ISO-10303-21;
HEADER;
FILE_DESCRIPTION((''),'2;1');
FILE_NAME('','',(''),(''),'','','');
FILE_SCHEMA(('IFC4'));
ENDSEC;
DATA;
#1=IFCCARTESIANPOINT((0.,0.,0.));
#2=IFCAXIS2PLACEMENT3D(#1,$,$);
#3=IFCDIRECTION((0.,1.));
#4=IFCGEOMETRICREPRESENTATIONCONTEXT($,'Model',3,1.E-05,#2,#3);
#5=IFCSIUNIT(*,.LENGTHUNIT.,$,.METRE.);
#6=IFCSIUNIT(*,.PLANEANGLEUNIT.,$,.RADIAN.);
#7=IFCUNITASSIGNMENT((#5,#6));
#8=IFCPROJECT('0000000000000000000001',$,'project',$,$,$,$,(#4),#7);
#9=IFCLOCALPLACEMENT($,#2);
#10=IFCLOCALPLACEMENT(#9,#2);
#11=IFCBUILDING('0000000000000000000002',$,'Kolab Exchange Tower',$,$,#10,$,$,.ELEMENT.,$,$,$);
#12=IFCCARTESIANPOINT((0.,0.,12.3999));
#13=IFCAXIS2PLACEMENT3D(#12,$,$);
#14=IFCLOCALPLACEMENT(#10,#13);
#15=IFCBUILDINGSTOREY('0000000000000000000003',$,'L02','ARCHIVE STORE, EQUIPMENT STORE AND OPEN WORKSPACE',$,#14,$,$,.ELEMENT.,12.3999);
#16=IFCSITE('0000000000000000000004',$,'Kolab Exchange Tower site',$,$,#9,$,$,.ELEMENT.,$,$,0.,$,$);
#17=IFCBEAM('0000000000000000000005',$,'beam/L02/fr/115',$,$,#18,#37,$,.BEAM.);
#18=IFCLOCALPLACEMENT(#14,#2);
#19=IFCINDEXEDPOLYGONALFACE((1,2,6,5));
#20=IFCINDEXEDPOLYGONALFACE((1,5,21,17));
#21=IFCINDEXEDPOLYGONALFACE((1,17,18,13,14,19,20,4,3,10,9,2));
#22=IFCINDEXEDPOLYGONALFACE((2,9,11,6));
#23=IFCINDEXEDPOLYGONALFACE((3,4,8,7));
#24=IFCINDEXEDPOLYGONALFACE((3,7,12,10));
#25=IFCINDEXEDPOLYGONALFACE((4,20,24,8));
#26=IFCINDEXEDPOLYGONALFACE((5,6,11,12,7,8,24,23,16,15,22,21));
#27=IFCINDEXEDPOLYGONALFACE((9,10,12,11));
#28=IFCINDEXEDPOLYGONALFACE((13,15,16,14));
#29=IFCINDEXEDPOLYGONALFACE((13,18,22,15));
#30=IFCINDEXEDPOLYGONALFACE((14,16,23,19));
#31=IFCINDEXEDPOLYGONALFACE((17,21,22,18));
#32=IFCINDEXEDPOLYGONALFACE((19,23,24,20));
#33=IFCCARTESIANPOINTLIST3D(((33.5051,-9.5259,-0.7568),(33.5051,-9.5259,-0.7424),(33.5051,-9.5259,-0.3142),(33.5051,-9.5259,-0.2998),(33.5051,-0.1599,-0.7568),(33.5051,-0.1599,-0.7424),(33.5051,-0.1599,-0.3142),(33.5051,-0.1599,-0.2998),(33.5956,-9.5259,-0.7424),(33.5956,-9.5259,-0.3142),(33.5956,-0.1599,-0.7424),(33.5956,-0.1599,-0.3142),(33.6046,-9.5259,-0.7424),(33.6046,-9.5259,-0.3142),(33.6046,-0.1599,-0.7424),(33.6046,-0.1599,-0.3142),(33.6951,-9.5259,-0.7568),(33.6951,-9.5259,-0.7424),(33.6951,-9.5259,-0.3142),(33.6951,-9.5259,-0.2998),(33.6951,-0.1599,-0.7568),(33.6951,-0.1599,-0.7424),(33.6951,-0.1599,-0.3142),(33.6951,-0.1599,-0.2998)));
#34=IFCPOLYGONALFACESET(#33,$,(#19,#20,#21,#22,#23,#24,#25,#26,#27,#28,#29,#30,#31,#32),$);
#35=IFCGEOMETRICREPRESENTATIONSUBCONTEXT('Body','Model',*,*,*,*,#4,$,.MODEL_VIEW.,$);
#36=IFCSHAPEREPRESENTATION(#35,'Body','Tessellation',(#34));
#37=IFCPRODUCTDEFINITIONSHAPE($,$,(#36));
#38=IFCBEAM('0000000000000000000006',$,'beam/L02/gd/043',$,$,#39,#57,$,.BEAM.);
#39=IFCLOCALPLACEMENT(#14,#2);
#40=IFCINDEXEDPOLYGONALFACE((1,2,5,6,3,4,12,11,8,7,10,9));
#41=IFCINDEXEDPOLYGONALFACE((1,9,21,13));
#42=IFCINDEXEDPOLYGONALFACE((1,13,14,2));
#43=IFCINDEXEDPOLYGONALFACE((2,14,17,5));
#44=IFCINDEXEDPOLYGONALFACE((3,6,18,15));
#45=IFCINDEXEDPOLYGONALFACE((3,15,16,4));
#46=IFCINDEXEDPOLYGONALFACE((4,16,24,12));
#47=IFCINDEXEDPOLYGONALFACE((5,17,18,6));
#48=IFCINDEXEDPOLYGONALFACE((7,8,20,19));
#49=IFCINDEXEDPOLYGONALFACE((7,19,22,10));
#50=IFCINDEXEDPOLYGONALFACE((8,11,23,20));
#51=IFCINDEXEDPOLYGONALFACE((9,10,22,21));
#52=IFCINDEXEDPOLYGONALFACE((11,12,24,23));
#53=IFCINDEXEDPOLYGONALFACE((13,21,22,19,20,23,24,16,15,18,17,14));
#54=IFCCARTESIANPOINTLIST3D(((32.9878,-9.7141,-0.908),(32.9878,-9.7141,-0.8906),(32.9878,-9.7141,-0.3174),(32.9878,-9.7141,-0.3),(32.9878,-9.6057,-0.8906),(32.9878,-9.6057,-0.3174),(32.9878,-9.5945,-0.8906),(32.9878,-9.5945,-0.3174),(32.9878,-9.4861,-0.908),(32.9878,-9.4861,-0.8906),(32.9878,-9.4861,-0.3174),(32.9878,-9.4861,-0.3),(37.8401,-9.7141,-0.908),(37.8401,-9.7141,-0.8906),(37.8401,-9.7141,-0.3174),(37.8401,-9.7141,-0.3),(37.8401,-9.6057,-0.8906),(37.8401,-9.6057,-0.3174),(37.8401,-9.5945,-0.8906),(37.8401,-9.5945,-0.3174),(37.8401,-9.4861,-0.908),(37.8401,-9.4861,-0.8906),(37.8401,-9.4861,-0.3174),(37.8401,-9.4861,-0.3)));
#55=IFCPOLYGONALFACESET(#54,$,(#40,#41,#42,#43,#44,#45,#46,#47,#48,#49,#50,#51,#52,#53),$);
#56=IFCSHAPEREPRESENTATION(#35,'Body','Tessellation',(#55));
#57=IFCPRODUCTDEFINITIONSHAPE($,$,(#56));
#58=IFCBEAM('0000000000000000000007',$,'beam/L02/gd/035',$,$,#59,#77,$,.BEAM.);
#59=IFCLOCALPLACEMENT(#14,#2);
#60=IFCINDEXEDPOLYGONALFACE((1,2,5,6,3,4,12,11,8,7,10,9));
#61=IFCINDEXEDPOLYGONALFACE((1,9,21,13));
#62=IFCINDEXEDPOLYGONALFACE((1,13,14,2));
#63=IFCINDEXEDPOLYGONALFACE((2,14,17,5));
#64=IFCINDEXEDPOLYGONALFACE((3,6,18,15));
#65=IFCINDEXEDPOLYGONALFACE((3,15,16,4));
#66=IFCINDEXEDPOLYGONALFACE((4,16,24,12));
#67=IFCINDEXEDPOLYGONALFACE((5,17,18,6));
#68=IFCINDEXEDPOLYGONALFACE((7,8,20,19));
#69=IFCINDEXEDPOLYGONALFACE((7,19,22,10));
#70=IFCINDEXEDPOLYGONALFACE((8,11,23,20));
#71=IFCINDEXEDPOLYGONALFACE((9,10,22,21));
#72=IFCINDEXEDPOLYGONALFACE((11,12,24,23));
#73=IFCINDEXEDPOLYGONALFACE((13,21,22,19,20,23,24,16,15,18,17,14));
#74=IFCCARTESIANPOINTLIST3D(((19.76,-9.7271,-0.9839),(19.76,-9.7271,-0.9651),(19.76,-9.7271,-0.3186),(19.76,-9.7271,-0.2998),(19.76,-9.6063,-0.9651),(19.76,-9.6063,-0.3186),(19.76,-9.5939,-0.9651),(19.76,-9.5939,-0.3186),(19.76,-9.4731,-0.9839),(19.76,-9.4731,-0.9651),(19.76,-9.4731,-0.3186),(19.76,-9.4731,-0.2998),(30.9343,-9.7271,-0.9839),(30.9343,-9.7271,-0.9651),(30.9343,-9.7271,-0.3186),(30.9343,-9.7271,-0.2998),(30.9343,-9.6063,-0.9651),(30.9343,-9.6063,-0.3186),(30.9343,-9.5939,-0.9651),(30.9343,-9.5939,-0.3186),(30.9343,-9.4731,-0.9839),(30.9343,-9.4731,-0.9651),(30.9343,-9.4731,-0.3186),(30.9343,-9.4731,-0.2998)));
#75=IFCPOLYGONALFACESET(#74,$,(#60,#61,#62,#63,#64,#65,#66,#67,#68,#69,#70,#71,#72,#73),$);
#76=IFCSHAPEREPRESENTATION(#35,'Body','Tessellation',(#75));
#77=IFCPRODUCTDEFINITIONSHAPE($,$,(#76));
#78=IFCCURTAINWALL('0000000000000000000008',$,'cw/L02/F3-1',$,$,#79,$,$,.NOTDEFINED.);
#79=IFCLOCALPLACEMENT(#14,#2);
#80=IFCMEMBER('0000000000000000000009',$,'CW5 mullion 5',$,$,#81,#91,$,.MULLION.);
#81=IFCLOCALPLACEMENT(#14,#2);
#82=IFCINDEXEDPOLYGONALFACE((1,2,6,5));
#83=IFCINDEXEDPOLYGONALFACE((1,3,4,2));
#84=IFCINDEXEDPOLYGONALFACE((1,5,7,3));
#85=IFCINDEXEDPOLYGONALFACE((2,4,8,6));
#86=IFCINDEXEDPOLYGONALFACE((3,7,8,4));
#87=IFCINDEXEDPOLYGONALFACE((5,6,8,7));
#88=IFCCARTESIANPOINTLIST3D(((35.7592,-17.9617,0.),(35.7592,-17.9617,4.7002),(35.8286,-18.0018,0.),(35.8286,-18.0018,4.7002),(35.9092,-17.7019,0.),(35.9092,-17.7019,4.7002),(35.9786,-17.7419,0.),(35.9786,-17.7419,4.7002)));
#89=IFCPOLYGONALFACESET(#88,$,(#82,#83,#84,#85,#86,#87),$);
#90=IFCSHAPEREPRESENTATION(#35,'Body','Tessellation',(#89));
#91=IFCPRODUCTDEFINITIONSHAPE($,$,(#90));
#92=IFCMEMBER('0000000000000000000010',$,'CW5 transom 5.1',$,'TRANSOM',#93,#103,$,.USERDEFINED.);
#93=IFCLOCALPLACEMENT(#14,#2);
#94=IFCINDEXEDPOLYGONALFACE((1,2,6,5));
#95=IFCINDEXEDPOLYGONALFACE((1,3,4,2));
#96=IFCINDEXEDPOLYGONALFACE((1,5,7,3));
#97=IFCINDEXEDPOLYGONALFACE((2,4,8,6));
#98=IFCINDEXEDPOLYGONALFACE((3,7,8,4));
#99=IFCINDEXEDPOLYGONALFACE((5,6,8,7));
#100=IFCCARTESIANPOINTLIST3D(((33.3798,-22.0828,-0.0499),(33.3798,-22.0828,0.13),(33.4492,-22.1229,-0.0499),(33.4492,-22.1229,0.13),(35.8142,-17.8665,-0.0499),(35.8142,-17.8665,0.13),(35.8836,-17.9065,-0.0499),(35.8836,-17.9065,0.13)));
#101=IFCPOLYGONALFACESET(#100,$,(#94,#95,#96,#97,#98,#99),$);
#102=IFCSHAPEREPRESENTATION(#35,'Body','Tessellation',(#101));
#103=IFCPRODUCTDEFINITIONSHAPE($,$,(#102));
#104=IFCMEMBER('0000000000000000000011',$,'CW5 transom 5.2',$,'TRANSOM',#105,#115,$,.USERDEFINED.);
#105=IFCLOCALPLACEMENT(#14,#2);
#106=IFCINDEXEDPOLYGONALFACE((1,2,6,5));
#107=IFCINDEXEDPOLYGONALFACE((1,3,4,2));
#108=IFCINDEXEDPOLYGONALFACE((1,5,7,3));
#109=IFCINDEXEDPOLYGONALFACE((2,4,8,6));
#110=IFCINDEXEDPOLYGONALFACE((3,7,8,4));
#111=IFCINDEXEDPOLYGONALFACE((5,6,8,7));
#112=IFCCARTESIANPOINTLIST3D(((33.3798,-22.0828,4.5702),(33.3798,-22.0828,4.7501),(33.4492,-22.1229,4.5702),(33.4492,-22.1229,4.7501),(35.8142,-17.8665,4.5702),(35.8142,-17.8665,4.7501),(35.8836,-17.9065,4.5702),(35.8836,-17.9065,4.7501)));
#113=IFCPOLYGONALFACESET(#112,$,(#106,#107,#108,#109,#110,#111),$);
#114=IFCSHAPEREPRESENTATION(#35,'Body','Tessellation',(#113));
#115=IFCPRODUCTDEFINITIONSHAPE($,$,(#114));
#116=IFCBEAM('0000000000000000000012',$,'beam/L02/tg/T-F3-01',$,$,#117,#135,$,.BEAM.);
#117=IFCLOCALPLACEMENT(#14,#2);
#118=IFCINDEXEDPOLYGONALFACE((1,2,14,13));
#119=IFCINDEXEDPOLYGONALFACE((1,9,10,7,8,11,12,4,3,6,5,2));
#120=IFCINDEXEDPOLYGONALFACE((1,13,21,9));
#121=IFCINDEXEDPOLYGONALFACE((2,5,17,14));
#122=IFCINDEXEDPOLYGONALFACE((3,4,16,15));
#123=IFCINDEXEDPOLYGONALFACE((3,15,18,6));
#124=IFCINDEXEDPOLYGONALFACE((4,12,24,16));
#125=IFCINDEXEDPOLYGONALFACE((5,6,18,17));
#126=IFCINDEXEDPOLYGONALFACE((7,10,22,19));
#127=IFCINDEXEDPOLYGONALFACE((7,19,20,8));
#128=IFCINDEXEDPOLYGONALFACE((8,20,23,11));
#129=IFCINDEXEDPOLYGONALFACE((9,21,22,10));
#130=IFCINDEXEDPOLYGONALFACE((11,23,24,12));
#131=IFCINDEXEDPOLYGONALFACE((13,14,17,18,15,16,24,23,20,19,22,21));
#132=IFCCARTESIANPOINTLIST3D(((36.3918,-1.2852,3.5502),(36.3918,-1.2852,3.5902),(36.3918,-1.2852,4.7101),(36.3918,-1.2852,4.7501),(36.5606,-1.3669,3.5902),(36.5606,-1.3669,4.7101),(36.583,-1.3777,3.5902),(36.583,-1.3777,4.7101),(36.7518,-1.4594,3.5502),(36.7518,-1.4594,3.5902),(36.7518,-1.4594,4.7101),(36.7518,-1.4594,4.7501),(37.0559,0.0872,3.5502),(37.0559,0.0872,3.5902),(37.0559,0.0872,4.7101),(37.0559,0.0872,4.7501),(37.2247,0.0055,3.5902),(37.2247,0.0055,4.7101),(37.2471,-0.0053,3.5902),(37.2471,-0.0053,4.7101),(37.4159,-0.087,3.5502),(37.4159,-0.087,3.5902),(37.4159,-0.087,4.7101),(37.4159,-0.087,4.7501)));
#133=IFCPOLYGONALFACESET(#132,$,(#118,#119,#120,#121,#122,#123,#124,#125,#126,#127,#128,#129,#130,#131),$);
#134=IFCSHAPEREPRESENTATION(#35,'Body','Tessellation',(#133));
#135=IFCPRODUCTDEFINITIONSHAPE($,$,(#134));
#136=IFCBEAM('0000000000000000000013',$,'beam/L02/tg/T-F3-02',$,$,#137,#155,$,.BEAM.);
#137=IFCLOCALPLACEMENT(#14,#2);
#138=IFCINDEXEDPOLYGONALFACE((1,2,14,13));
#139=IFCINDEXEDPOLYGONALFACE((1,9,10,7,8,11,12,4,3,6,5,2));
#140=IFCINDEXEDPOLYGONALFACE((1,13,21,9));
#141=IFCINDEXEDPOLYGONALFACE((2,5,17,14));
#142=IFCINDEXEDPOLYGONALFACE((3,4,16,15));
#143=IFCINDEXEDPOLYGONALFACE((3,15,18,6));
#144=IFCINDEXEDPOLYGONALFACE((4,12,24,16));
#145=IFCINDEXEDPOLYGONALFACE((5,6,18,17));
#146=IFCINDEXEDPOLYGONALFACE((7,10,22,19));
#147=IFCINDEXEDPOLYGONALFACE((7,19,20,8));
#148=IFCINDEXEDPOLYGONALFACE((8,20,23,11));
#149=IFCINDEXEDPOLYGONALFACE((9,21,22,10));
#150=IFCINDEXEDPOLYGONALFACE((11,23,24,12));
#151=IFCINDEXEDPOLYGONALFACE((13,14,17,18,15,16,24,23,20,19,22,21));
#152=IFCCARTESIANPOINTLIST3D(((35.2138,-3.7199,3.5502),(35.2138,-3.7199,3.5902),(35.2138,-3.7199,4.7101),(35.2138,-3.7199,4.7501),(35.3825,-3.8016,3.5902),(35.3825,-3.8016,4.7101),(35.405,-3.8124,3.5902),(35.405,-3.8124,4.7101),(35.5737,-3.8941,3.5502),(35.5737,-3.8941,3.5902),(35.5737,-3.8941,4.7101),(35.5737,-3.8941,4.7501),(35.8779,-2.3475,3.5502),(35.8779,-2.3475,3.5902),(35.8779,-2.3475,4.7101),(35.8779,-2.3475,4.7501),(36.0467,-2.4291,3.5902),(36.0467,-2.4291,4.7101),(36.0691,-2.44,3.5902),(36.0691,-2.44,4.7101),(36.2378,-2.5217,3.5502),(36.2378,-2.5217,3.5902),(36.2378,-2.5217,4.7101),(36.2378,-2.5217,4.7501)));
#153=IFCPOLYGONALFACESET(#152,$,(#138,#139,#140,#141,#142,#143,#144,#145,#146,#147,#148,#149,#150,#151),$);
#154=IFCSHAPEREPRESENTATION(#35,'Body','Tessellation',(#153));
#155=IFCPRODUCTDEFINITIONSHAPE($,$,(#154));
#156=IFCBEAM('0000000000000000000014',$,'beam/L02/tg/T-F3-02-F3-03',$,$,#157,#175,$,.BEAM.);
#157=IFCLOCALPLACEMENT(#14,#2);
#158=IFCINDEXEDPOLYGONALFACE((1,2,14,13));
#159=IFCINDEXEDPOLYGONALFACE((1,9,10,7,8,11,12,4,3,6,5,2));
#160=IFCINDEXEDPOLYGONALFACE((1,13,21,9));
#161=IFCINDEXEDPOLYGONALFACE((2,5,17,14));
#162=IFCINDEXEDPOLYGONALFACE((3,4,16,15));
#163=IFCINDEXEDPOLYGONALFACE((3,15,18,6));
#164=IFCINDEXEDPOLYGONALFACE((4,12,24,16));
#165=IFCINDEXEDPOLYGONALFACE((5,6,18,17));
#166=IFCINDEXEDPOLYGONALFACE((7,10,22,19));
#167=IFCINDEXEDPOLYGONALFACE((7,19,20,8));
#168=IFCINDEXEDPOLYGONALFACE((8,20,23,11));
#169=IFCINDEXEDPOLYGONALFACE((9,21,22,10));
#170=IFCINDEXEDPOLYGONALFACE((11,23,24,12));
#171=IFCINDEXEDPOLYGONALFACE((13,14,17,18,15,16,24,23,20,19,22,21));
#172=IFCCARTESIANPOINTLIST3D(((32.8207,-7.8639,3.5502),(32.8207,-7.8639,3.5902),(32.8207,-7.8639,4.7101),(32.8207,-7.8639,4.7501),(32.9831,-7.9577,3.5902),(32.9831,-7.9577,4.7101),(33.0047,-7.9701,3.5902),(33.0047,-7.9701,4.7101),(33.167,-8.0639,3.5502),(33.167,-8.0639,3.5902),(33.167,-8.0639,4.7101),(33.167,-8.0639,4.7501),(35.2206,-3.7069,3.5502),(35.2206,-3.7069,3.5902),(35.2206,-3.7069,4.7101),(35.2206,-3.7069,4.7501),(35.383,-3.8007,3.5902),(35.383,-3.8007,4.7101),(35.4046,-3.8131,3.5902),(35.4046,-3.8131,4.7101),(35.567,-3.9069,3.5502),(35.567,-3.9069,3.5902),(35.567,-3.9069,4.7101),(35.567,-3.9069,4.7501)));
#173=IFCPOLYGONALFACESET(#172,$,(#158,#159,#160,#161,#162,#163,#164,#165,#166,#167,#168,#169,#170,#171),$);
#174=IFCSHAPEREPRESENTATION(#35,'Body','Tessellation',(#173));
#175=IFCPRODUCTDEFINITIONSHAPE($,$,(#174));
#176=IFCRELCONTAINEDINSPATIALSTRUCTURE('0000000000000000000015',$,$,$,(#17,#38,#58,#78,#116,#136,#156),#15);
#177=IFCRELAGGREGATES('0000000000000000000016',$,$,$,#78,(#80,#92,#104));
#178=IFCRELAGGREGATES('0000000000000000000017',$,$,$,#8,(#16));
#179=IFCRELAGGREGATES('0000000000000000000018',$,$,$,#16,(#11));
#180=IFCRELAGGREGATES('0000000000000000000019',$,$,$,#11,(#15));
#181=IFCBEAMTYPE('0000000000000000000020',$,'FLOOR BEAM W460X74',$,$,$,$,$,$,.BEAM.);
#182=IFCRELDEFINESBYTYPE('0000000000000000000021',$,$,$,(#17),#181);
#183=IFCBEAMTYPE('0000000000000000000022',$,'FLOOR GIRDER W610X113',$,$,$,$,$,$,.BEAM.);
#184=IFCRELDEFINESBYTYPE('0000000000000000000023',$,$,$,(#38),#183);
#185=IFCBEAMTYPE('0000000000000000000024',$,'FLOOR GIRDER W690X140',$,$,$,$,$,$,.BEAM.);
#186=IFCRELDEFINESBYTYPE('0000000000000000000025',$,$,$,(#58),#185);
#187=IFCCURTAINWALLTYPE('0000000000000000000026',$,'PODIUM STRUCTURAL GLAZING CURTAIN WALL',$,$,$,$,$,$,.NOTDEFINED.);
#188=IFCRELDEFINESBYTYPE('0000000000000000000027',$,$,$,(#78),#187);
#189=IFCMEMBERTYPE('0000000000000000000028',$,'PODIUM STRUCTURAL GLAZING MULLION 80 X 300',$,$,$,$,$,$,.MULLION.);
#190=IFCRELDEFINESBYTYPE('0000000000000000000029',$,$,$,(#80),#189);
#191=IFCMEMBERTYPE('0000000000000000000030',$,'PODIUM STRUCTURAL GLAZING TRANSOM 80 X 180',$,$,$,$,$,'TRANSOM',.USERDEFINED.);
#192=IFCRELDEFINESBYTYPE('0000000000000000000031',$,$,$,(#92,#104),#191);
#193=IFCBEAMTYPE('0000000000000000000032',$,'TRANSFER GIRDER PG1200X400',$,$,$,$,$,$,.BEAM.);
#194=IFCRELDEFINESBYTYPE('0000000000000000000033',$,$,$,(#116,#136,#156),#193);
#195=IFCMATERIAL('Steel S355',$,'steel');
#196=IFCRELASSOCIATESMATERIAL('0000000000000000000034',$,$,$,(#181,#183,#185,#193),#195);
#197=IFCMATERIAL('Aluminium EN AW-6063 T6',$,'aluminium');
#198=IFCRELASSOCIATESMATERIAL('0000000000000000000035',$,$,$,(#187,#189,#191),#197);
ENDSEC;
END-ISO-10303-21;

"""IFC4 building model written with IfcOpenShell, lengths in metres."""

from ifc_helpers import new_model, si_unit, direction, frame, origin, origin_2d, place, context, subcontext, project, spatial, rectangle, i_section, extrude, material, material_profile, profile_set, type_object, element, aggregate, save


model = new_model("IFC4")

# Units and contexts
model_context = context("Model", 3, precision=1e-05, world=origin(), true_north=direction((0.0, 1.0)))
body_context = subcontext(model_context, "Body", "Model", "MODEL_VIEW")
ifc_project = project(units=[si_unit("LENGTHUNIT", "METRE"), si_unit("PLANEANGLEUNIT", "RADIAN")], contexts=[model_context])

# Site, building, storey
site_placement = place(None, origin())
site = spatial("IfcSite", under=ifc_project, at=site_placement, Name="Kolab Exchange Tower site", CompositionType="ELEMENT", RefElevation=0.0)
building_placement = place(site_placement, origin())
building = spatial("IfcBuilding", under=site, at=building_placement, Name="Kolab Exchange Tower", CompositionType="ELEMENT")
storey_placement = place(building_placement, frame((0.0, 0.0, 12.3999)))
storey = spatial("IfcBuildingStorey", under=building, at=storey_placement, Name="L02", Description="ARCHIVE STORE, EQUIPMENT STORE AND OPEN WORKSPACE", CompositionType="ELEMENT", Elevation=12.3999)

# Beams
ifc_material_1 = material(Name="Steel S355", Category="steel")
ifc_material_profile_1 = material_profile(ifc_material_1, i_section(OverallWidth=0.1899, OverallDepth=0.457, WebThickness=0.009, FlangeThickness=0.0144, at=origin_2d()), Name="W460X74")
ifc_profile_set_1 = profile_set([ifc_material_profile_1], Name="Steel S355")
beam_type_1 = type_object("IfcBeamType", Name="FLOOR BEAM W460X74", PredefinedType="BEAM", material=ifc_profile_set_1)
beam_1_placement = place(storey_placement, frame((33.6001, -9.5259, -0.5283), z_axis=(0.0, 1.0, 0.0), x_axis=(-1.0, 0.0, 0.0)))
element("IfcBeam", 1, at=beam_1_placement, inside=storey, type_object=beam_type_1, Name="beam/L02/fr/115", PredefinedType="BEAM", context=body_context, shape_type="SweptSolid", body=[
    extrude(i_section(OverallWidth=0.1899, OverallDepth=0.457, WebThickness=0.009, FlangeThickness=0.0144, at=origin_2d()), origin(), (0.0, 0.0, 1.0), 9.366),
])
ifc_material_profile_2 = material_profile(ifc_material_1, i_section(OverallWidth=0.228, OverallDepth=0.6079, WebThickness=0.0112, FlangeThickness=0.0173, at=origin_2d()), Name="W610X113")
ifc_profile_set_2 = profile_set([ifc_material_profile_2], Name="Steel S355")
beam_type_2 = type_object("IfcBeamType", Name="FLOOR GIRDER W610X113", PredefinedType="BEAM", material=ifc_profile_set_2)
beam_2_placement = place(storey_placement, frame((32.9878, -9.6001, -0.604), z_axis=(1.0, 0.0, 0.0), x_axis=(0.0, 1.0, 0.0)))
element("IfcBeam", 2, at=beam_2_placement, inside=storey, type_object=beam_type_2, Name="beam/L02/gd/043", PredefinedType="BEAM", context=body_context, shape_type="SweptSolid", body=[
    extrude(i_section(OverallWidth=0.228, OverallDepth=0.6079, WebThickness=0.0112, FlangeThickness=0.0173, at=origin_2d()), origin(), (0.0, 0.0, 1.0), 4.8523),
])
ifc_material_profile_3 = material_profile(ifc_material_1, i_section(OverallWidth=0.2539, OverallDepth=0.6841, WebThickness=0.0125, FlangeThickness=0.0188, at=origin_2d()), Name="W690X140")
ifc_profile_set_3 = profile_set([ifc_material_profile_3], Name="Steel S355")
beam_type_3 = type_object("IfcBeamType", Name="FLOOR GIRDER W690X140", PredefinedType="BEAM", material=ifc_profile_set_3)
beam_3_placement = place(storey_placement, frame((19.76, -9.6001, -0.6418), z_axis=(1.0, 0.0, 0.0), x_axis=(0.0, 1.0, 0.0)))
element("IfcBeam", 3, at=beam_3_placement, inside=storey, type_object=beam_type_3, Name="beam/L02/gd/035", PredefinedType="BEAM", context=body_context, shape_type="SweptSolid", body=[
    extrude(i_section(OverallWidth=0.2539, OverallDepth=0.6841, WebThickness=0.0125, FlangeThickness=0.0188, at=origin_2d()), origin(), (0.0, 0.0, 1.0), 11.1743),
])

# Curtain wall, members
ifc_material_2 = material(Name="Aluminium EN AW-6063 T6", Category="aluminium")
curtain_wall_type = type_object("IfcCurtainWallType", Name="PODIUM STRUCTURAL GLAZING CURTAIN WALL", PredefinedType="NOTDEFINED", material=ifc_material_2)
curtain_wall_placement = place(storey_placement, origin())
curtain_wall = element("IfcCurtainWall", 4, at=curtain_wall_placement, inside=storey, type_object=curtain_wall_type, Name="cw/L02/F3-1", PredefinedType="NOTDEFINED")
ifc_material_profile_4 = material_profile(ifc_material_2, rectangle(XDim=0.0801, YDim=0.3, at=origin_2d()), Name="RECT 80X300")
ifc_profile_set_4 = profile_set([ifc_material_profile_4], Name="Aluminium EN AW-6063 T6")
member_type_1 = type_object("IfcMemberType", Name="PODIUM STRUCTURAL GLAZING MULLION 80 X 300", PredefinedType="MULLION", material=ifc_profile_set_4)
member_1_placement = place(storey_placement, frame((35.8689, -17.8518, 0.0), z_axis=(0.0, 0.0, 1.0), x_axis=(0.866025, -0.5, 0.0)))
member_1 = element("IfcMember", 5, at=member_1_placement, type_object=member_type_1, Name="CW5 mullion 5", PredefinedType="MULLION", context=body_context, shape_type="SweptSolid", body=[
    extrude(rectangle(XDim=0.0801, YDim=0.3, at=origin_2d()), origin(), (0.0, 0.0, 1.0), 4.7002),
])
ifc_material_profile_5 = material_profile(ifc_material_2, rectangle(XDim=0.0801, YDim=0.1799, at=origin_2d()), Name="RECT 80X180")
ifc_profile_set_5 = profile_set([ifc_material_profile_5], Name="Aluminium EN AW-6063 T6")
member_type_2 = type_object("IfcMemberType", Name="PODIUM STRUCTURAL GLAZING TRANSOM 80 X 180", ElementType="TRANSOM", PredefinedType="USERDEFINED", material=ifc_profile_set_5)
member_2_placement = place(storey_placement, frame((35.8489, -17.8865, 0.04), z_axis=(-0.500006, -0.866022, 0.0), x_axis=(0.866022, -0.500006, 0.0)))
member_2 = element("IfcMember", 6, at=member_2_placement, type_object=member_type_2, Name="CW5 transom 5.1", ObjectType="TRANSOM", PredefinedType="USERDEFINED", context=body_context, shape_type="SweptSolid", body=[
    extrude(rectangle(XDim=0.0801, YDim=0.1799, at=origin_2d()), origin(), (0.0, 0.0, 1.0), 4.8687),
])
member_3_placement = place(storey_placement, frame((35.8489, -17.8865, 4.6602), z_axis=(-0.500006, -0.866022, 0.0), x_axis=(0.866022, -0.500006, 0.0)))
member_3 = element("IfcMember", 7, at=member_3_placement, type_object=member_type_2, Name="CW5 transom 5.2", ObjectType="TRANSOM", PredefinedType="USERDEFINED", context=body_context, shape_type="SweptSolid", body=[
    extrude(rectangle(XDim=0.0801, YDim=0.1799, at=origin_2d()), origin(), (0.0, 0.0, 1.0), 4.8687),
])

# Beams
ifc_material_profile_6 = material_profile(ifc_material_1, i_section(OverallWidth=0.3999, OverallDepth=1.2, WebThickness=0.0249, FlangeThickness=0.04, at=origin_2d()), Name="PG1200X400")
ifc_profile_set_6 = profile_set([ifc_material_profile_6], Name="Steel S355")
beam_type_4 = type_object("IfcBeamType", Name="TRANSFER GIRDER PG1200X400", PredefinedType="BEAM", material=ifc_profile_set_6)
for number, where, z_axis, x_axis, name in (
    (8, (36.5718, -1.3723, 4.1501), (0.435582, 0.900149, 0.0), (-0.900149, 0.435582, 0.0), "beam/L02/tg/T-F3-01"),
    (9, (36.0579, -2.4346, 4.1501), (-0.435582, -0.900149, 0.0), (0.900149, -0.435582, 0.0), "beam/L02/tg/T-F3-02"),
):
    element("IfcBeam", number, at=place(storey_placement, frame(where, z_axis=z_axis, x_axis=x_axis)), inside=storey, type_object=beam_type_4, Name=name, PredefinedType="BEAM", context=body_context, shape_type="SweptSolid", body=[
        extrude(i_section(OverallWidth=0.3999, OverallDepth=1.2, WebThickness=0.0249, FlangeThickness=0.04, at=origin_2d()), origin(), (0.0, 0.0, 1.0), 1.5247),
    ])
beam_4_placement = place(storey_placement, frame((35.3938, -3.8069, 4.1501), z_axis=(-0.499979, -0.866037, 0.0), x_axis=(0.866037, -0.499979, 0.0)))
element("IfcBeam", 10, at=beam_4_placement, inside=storey, type_object=beam_type_4, Name="beam/L02/tg/T-F3-02-F3-03", PredefinedType="BEAM", context=body_context, shape_type="SweptSolid", body=[
    extrude(i_section(OverallWidth=0.3999, OverallDepth=1.2, WebThickness=0.0249, FlangeThickness=0.04, at=origin_2d()), origin(), (0.0, 0.0, 1.0), 4.8),
])

aggregate(curtain_wall, [member_1, member_2, member_3])

save(model, "model.ifc")
